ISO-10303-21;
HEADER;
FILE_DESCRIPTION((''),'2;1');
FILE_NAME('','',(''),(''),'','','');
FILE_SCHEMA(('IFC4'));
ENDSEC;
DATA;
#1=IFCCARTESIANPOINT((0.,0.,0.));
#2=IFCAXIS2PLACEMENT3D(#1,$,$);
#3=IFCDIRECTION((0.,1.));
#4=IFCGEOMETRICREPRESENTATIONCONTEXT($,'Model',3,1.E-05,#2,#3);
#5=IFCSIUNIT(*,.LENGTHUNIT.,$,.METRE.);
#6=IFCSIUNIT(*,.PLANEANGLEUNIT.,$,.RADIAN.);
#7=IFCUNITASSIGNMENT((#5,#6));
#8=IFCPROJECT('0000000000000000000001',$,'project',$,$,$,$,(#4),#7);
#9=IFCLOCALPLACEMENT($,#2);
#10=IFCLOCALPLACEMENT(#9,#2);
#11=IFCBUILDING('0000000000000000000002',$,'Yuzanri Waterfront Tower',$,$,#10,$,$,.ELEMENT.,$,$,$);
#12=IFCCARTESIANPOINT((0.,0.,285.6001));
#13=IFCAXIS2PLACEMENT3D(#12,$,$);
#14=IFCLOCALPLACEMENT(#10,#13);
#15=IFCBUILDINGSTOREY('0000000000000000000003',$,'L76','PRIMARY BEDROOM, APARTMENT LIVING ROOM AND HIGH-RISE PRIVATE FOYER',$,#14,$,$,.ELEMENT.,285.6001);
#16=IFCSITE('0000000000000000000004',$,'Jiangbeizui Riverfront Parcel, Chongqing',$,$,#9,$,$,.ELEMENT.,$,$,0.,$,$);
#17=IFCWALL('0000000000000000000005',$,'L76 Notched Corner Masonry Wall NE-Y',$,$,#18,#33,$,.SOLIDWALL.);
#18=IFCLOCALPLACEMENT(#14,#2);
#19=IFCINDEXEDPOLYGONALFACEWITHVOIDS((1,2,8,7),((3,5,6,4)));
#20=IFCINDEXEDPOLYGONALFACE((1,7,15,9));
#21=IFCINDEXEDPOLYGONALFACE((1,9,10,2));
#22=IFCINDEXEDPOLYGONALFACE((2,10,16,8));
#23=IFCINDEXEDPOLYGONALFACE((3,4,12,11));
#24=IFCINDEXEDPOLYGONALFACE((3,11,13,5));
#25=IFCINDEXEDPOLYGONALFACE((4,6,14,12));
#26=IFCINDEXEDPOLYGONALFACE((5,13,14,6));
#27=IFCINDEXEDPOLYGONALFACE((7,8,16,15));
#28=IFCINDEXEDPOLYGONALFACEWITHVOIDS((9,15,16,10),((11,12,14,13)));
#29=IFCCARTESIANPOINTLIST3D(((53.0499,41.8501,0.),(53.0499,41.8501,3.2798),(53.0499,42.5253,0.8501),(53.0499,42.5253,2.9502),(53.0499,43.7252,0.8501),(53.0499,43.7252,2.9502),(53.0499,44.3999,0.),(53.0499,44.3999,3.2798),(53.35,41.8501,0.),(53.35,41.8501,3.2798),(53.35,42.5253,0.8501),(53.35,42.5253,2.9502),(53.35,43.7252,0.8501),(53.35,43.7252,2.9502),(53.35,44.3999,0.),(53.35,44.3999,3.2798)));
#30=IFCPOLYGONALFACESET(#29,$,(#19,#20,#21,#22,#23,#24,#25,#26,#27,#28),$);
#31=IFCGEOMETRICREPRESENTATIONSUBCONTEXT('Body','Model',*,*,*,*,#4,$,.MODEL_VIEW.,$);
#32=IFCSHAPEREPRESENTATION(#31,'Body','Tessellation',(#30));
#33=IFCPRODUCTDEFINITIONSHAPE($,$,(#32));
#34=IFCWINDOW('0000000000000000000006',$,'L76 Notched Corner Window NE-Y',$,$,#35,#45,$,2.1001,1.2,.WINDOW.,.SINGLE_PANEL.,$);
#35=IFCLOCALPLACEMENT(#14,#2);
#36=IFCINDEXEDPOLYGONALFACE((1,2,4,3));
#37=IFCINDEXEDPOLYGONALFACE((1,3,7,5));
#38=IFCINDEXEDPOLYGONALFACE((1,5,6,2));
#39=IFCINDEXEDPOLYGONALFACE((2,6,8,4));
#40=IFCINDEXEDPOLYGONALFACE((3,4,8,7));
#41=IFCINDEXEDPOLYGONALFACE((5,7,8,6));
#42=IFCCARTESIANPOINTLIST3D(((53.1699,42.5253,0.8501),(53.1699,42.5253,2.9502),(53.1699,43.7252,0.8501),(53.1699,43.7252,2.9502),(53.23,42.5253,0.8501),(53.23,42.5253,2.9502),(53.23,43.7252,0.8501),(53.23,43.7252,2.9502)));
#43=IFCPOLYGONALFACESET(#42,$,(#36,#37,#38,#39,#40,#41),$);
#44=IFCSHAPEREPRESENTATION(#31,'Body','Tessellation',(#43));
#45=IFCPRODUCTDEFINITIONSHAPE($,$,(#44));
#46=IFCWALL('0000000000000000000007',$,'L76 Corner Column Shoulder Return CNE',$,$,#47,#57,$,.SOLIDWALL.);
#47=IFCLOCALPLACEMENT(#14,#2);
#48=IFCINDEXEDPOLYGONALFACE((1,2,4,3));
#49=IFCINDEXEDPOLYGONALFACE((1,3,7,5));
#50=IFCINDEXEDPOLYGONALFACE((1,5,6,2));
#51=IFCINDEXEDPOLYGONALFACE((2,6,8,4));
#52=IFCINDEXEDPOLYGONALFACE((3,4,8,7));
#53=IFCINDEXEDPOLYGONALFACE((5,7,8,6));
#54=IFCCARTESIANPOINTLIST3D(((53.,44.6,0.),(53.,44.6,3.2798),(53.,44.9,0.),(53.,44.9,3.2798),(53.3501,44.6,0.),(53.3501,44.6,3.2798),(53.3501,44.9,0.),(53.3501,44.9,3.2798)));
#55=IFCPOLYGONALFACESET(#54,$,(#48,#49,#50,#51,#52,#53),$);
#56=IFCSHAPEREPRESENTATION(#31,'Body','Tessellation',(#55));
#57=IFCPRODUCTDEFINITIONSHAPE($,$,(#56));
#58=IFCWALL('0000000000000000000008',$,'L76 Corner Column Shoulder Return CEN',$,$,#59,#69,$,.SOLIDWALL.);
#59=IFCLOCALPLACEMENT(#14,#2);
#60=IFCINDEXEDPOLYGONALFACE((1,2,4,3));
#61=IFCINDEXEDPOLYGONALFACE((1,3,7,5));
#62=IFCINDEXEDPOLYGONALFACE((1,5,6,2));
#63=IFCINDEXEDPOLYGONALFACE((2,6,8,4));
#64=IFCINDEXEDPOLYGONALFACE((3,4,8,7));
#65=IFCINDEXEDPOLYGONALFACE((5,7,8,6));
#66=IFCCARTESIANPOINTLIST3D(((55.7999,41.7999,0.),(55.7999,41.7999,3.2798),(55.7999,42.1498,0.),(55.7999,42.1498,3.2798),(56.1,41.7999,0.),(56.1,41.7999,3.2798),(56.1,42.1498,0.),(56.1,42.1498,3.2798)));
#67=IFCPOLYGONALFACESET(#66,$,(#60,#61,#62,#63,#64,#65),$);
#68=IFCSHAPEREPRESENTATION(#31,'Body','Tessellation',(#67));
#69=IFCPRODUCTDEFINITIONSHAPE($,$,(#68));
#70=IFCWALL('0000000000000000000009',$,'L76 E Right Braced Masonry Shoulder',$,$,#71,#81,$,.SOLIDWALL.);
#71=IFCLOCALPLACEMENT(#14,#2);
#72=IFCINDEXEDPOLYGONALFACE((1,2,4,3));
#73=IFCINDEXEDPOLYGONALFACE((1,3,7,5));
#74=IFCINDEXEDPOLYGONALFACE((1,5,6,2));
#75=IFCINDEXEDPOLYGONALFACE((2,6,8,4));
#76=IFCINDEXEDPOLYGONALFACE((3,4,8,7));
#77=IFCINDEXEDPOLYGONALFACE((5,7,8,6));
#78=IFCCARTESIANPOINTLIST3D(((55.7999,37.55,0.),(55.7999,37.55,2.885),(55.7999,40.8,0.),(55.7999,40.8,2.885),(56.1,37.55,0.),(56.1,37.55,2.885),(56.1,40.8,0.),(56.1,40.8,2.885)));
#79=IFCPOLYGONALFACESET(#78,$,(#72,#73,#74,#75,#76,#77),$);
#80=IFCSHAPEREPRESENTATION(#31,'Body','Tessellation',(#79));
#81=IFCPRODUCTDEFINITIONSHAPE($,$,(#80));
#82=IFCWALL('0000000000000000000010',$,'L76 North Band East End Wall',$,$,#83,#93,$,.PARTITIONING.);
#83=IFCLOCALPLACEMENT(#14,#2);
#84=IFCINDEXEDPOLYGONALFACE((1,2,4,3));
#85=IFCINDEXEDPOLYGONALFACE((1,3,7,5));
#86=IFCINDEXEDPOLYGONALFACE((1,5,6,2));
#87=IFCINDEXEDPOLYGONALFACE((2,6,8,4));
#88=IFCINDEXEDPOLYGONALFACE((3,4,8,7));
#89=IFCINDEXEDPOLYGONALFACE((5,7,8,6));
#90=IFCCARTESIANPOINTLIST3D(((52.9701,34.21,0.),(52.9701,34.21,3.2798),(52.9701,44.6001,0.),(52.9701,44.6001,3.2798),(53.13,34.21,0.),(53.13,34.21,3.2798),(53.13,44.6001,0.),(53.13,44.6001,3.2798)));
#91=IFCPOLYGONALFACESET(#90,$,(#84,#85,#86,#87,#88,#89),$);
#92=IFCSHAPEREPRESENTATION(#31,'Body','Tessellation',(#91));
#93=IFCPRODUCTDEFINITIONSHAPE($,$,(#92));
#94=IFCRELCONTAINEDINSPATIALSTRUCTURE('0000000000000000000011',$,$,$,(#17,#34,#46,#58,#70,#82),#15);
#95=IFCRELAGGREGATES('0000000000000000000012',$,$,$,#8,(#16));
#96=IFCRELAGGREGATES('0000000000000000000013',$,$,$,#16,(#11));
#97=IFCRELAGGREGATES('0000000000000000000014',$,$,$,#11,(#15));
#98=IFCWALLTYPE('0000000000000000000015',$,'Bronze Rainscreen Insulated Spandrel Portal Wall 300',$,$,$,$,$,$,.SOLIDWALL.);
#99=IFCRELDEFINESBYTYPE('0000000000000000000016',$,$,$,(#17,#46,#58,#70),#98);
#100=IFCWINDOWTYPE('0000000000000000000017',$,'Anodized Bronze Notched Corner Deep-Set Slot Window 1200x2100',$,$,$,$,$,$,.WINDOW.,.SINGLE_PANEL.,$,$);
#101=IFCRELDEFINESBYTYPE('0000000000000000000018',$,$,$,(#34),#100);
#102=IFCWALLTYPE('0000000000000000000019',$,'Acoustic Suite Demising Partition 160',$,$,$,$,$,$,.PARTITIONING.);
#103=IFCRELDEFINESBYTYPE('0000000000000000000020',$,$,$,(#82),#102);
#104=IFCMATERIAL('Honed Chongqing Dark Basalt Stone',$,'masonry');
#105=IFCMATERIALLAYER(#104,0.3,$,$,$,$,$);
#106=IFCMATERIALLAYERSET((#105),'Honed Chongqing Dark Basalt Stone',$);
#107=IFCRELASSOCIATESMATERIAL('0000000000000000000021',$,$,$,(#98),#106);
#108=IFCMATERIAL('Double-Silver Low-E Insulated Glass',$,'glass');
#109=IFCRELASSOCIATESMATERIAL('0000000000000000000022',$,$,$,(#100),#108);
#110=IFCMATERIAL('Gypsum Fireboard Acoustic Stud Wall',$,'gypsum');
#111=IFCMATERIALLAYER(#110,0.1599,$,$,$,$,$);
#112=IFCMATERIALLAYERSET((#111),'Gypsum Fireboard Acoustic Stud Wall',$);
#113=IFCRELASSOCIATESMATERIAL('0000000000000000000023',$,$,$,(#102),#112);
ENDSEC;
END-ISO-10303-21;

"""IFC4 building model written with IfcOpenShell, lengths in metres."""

from ifc_helpers import new_model, si_unit, direction, frame, frame_2d, origin, place, context, subcontext, project, spatial, rectangle, extrude, source, transform, mapped, material, layer, layer_set, type_object, element, fill, save


model = new_model("IFC4")

# Units and contexts
model_context = context("Model", 3, precision=1e-05, world=origin(), true_north=direction((0.0, 1.0)))
body_context = subcontext(model_context, "Body", "Model", "MODEL_VIEW")
ifc_project = project(units=[si_unit("LENGTHUNIT", "METRE"), si_unit("PLANEANGLEUNIT", "RADIAN")], contexts=[model_context])

# Site, building, storey
site_placement = place(None, origin())
site = spatial("IfcSite", under=ifc_project, at=site_placement, Name="Jiangbeizui Riverfront Parcel, Chongqing", CompositionType="ELEMENT", RefElevation=0.0)
building_placement = place(site_placement, origin())
building = spatial("IfcBuilding", under=site, at=building_placement, Name="Yuzanri Waterfront Tower", CompositionType="ELEMENT")
storey_placement = place(building_placement, frame((0.0, 0.0, 285.6001)))
storey = spatial("IfcBuildingStorey", under=building, at=storey_placement, Name="L76", Description="PRIMARY BEDROOM, APARTMENT LIVING ROOM AND HIGH-RISE PRIVATE FOYER", CompositionType="ELEMENT", Elevation=285.6001)

# Wall, opening, window
ifc_material_1 = material(Name="Honed Chongqing Dark Basalt Stone", Category="masonry")
ifc_layer_1 = layer(ifc_material_1, 0.3)
ifc_layer_set_1 = layer_set([ifc_layer_1], Name="Honed Chongqing Dark Basalt Stone")
wall_type_1 = type_object("IfcWallType", Name="Bronze Rainscreen Insulated Spandrel Portal Wall 300", PredefinedType="SOLIDWALL", material=ifc_layer_set_1)
wall_1_placement = place(storey_placement, frame((53.2, 41.8501, 0.0), z_axis=(0.0, 0.0, 1.0), x_axis=(0.0, 1.0, 0.0)))
wall_1 = element("IfcWall", 1, at=wall_1_placement, inside=storey, type_object=wall_type_1, Name="L76 Notched Corner Masonry Wall NE-Y", PredefinedType="SOLIDWALL", context=body_context, shape_type="SweptSolid", body=[
    extrude(rectangle(XDim=2.5498, YDim=0.3, at=frame_2d((1.2749, 0.0))), origin(), (0.0, 0.0, 1.0), 3.2798),
])
opening_1_placement = place(wall_1_placement, frame((0.675, 0.0, 0.8501)))
opening_1 = element("IfcOpeningElement", 2, at=opening_1_placement, cuts=wall_1, PredefinedType="OPENING", context=body_context, shape_type="SweptSolid", body=[
    extrude(rectangle(XDim=1.2, YDim=2.1001, at=frame_2d((0.6001, 1.05))), frame((0.0, 0.165, 0.0), z_axis=(0.0, -1.0, 0.0), x_axis=(1.0, 0.0, 0.0)), (0.0, 0.0, 1.0), 0.3298),
])
ifc_material_2 = material(Name="Double-Silver Low-E Insulated Glass", Category="glass")
window_type_1 = type_object("IfcWindowType", Name="Anodized Bronze Notched Corner Deep-Set Slot Window 1200x2100", PartitioningType="SINGLE_PANEL", PredefinedType="WINDOW", material=ifc_material_2)
shared_shape_1 = source(origin(), body_context, "Body", "SweptSolid", [
    extrude(rectangle(XDim=1.2, YDim=2.1001, at=frame_2d((0.6001, 1.05))), frame((0.0, 0.03, 0.0), z_axis=(0.0, -1.0, 0.0), x_axis=(1.0, 0.0, 0.0)), (0.0, 0.0, 1.0), 0.0601),
])
window_1_placement = place(opening_1_placement, origin())
window_1 = element("IfcWindow", 3, at=window_1_placement, inside=storey, type_object=window_type_1, Name="L76 Notched Corner Window NE-Y", OverallHeight=2.1001, OverallWidth=1.2, PartitioningType="SINGLE_PANEL", PredefinedType="WINDOW", context=body_context, shape_type="MappedRepresentation", body=[
    mapped(shared_shape_1, transform((0.0, 0.0, 0.0), scale=1.0)),
])
fill(opening_1, window_1)

# Walls
shared_shape_2 = source(origin(), body_context, "Body", "SweptSolid", [
    extrude(rectangle(XDim=0.3501, YDim=0.3, at=frame_2d((0.175, 0.0))), origin(), (0.0, 0.0, 1.0), 3.2798),
])
wall_2_placement = place(storey_placement, frame((53.0, 44.75, 0.0), z_axis=(0.0, 0.0, 1.0), x_axis=(1.0, 0.0, 0.0)))
element("IfcWall", 4, at=wall_2_placement, inside=storey, type_object=wall_type_1, Name="L76 Corner Column Shoulder Return CNE", PredefinedType="SOLIDWALL", context=body_context, shape_type="MappedRepresentation", body=[
    mapped(shared_shape_2, transform((0.0, 0.0, 0.0), scale=1.0)),
])
shared_shape_3 = source(origin(), body_context, "Body", "SweptSolid", [
    extrude(rectangle(XDim=0.3499, YDim=0.3, at=frame_2d((0.1748, 0.0))), origin(), (0.0, 0.0, 1.0), 3.2798),
])
wall_3_placement = place(storey_placement, frame((55.95, 41.8, 0.0), z_axis=(0.0, 0.0, 1.0), x_axis=(0.0, 1.0, 0.0)))
element("IfcWall", 5, at=wall_3_placement, inside=storey, type_object=wall_type_1, Name="L76 Corner Column Shoulder Return CEN", PredefinedType="SOLIDWALL", context=body_context, shape_type="MappedRepresentation", body=[
    mapped(shared_shape_3, transform((0.0, 0.0, 0.0), scale=1.0)),
])
shared_shape_4 = source(origin(), body_context, "Body", "SweptSolid", [
    extrude(rectangle(XDim=3.25, YDim=0.3, at=frame_2d((1.625, 0.0))), origin(), (0.0, 0.0, 1.0), 2.885),
])
wall_4_placement = place(storey_placement, frame((55.95, 37.55, 0.0), z_axis=(0.0, 0.0, 1.0), x_axis=(0.0, 1.0, 0.0)))
element("IfcWall", 6, at=wall_4_placement, inside=storey, type_object=wall_type_1, Name="L76 E Right Braced Masonry Shoulder", PredefinedType="SOLIDWALL", context=body_context, shape_type="MappedRepresentation", body=[
    mapped(shared_shape_4, transform((0.0, 0.0, 0.0), scale=1.0)),
])
ifc_material_3 = material(Name="Gypsum Fireboard Acoustic Stud Wall", Category="gypsum")
ifc_layer_2 = layer(ifc_material_3, 0.1599)
ifc_layer_set_2 = layer_set([ifc_layer_2], Name="Gypsum Fireboard Acoustic Stud Wall")
wall_type_2 = type_object("IfcWallType", Name="Acoustic Suite Demising Partition 160", PredefinedType="PARTITIONING", material=ifc_layer_set_2)
shared_shape_5 = source(origin(), body_context, "Body", "SweptSolid", [
    extrude(rectangle(XDim=10.3901, YDim=0.1599, at=frame_2d((5.1951, 0.0))), origin(), (0.0, 0.0, 1.0), 3.2798),
])
wall_5_placement = place(storey_placement, frame((53.05, 34.21, 0.0), z_axis=(0.0, 0.0, 1.0), x_axis=(0.0, 1.0, 0.0)))
element("IfcWall", 7, at=wall_5_placement, inside=storey, type_object=wall_type_2, Name="L76 North Band East End Wall", PredefinedType="PARTITIONING", context=body_context, shape_type="MappedRepresentation", body=[
    mapped(shared_shape_5, transform((0.0, 0.0, 0.0), scale=1.0)),
])

save(model, "model.ifc")
